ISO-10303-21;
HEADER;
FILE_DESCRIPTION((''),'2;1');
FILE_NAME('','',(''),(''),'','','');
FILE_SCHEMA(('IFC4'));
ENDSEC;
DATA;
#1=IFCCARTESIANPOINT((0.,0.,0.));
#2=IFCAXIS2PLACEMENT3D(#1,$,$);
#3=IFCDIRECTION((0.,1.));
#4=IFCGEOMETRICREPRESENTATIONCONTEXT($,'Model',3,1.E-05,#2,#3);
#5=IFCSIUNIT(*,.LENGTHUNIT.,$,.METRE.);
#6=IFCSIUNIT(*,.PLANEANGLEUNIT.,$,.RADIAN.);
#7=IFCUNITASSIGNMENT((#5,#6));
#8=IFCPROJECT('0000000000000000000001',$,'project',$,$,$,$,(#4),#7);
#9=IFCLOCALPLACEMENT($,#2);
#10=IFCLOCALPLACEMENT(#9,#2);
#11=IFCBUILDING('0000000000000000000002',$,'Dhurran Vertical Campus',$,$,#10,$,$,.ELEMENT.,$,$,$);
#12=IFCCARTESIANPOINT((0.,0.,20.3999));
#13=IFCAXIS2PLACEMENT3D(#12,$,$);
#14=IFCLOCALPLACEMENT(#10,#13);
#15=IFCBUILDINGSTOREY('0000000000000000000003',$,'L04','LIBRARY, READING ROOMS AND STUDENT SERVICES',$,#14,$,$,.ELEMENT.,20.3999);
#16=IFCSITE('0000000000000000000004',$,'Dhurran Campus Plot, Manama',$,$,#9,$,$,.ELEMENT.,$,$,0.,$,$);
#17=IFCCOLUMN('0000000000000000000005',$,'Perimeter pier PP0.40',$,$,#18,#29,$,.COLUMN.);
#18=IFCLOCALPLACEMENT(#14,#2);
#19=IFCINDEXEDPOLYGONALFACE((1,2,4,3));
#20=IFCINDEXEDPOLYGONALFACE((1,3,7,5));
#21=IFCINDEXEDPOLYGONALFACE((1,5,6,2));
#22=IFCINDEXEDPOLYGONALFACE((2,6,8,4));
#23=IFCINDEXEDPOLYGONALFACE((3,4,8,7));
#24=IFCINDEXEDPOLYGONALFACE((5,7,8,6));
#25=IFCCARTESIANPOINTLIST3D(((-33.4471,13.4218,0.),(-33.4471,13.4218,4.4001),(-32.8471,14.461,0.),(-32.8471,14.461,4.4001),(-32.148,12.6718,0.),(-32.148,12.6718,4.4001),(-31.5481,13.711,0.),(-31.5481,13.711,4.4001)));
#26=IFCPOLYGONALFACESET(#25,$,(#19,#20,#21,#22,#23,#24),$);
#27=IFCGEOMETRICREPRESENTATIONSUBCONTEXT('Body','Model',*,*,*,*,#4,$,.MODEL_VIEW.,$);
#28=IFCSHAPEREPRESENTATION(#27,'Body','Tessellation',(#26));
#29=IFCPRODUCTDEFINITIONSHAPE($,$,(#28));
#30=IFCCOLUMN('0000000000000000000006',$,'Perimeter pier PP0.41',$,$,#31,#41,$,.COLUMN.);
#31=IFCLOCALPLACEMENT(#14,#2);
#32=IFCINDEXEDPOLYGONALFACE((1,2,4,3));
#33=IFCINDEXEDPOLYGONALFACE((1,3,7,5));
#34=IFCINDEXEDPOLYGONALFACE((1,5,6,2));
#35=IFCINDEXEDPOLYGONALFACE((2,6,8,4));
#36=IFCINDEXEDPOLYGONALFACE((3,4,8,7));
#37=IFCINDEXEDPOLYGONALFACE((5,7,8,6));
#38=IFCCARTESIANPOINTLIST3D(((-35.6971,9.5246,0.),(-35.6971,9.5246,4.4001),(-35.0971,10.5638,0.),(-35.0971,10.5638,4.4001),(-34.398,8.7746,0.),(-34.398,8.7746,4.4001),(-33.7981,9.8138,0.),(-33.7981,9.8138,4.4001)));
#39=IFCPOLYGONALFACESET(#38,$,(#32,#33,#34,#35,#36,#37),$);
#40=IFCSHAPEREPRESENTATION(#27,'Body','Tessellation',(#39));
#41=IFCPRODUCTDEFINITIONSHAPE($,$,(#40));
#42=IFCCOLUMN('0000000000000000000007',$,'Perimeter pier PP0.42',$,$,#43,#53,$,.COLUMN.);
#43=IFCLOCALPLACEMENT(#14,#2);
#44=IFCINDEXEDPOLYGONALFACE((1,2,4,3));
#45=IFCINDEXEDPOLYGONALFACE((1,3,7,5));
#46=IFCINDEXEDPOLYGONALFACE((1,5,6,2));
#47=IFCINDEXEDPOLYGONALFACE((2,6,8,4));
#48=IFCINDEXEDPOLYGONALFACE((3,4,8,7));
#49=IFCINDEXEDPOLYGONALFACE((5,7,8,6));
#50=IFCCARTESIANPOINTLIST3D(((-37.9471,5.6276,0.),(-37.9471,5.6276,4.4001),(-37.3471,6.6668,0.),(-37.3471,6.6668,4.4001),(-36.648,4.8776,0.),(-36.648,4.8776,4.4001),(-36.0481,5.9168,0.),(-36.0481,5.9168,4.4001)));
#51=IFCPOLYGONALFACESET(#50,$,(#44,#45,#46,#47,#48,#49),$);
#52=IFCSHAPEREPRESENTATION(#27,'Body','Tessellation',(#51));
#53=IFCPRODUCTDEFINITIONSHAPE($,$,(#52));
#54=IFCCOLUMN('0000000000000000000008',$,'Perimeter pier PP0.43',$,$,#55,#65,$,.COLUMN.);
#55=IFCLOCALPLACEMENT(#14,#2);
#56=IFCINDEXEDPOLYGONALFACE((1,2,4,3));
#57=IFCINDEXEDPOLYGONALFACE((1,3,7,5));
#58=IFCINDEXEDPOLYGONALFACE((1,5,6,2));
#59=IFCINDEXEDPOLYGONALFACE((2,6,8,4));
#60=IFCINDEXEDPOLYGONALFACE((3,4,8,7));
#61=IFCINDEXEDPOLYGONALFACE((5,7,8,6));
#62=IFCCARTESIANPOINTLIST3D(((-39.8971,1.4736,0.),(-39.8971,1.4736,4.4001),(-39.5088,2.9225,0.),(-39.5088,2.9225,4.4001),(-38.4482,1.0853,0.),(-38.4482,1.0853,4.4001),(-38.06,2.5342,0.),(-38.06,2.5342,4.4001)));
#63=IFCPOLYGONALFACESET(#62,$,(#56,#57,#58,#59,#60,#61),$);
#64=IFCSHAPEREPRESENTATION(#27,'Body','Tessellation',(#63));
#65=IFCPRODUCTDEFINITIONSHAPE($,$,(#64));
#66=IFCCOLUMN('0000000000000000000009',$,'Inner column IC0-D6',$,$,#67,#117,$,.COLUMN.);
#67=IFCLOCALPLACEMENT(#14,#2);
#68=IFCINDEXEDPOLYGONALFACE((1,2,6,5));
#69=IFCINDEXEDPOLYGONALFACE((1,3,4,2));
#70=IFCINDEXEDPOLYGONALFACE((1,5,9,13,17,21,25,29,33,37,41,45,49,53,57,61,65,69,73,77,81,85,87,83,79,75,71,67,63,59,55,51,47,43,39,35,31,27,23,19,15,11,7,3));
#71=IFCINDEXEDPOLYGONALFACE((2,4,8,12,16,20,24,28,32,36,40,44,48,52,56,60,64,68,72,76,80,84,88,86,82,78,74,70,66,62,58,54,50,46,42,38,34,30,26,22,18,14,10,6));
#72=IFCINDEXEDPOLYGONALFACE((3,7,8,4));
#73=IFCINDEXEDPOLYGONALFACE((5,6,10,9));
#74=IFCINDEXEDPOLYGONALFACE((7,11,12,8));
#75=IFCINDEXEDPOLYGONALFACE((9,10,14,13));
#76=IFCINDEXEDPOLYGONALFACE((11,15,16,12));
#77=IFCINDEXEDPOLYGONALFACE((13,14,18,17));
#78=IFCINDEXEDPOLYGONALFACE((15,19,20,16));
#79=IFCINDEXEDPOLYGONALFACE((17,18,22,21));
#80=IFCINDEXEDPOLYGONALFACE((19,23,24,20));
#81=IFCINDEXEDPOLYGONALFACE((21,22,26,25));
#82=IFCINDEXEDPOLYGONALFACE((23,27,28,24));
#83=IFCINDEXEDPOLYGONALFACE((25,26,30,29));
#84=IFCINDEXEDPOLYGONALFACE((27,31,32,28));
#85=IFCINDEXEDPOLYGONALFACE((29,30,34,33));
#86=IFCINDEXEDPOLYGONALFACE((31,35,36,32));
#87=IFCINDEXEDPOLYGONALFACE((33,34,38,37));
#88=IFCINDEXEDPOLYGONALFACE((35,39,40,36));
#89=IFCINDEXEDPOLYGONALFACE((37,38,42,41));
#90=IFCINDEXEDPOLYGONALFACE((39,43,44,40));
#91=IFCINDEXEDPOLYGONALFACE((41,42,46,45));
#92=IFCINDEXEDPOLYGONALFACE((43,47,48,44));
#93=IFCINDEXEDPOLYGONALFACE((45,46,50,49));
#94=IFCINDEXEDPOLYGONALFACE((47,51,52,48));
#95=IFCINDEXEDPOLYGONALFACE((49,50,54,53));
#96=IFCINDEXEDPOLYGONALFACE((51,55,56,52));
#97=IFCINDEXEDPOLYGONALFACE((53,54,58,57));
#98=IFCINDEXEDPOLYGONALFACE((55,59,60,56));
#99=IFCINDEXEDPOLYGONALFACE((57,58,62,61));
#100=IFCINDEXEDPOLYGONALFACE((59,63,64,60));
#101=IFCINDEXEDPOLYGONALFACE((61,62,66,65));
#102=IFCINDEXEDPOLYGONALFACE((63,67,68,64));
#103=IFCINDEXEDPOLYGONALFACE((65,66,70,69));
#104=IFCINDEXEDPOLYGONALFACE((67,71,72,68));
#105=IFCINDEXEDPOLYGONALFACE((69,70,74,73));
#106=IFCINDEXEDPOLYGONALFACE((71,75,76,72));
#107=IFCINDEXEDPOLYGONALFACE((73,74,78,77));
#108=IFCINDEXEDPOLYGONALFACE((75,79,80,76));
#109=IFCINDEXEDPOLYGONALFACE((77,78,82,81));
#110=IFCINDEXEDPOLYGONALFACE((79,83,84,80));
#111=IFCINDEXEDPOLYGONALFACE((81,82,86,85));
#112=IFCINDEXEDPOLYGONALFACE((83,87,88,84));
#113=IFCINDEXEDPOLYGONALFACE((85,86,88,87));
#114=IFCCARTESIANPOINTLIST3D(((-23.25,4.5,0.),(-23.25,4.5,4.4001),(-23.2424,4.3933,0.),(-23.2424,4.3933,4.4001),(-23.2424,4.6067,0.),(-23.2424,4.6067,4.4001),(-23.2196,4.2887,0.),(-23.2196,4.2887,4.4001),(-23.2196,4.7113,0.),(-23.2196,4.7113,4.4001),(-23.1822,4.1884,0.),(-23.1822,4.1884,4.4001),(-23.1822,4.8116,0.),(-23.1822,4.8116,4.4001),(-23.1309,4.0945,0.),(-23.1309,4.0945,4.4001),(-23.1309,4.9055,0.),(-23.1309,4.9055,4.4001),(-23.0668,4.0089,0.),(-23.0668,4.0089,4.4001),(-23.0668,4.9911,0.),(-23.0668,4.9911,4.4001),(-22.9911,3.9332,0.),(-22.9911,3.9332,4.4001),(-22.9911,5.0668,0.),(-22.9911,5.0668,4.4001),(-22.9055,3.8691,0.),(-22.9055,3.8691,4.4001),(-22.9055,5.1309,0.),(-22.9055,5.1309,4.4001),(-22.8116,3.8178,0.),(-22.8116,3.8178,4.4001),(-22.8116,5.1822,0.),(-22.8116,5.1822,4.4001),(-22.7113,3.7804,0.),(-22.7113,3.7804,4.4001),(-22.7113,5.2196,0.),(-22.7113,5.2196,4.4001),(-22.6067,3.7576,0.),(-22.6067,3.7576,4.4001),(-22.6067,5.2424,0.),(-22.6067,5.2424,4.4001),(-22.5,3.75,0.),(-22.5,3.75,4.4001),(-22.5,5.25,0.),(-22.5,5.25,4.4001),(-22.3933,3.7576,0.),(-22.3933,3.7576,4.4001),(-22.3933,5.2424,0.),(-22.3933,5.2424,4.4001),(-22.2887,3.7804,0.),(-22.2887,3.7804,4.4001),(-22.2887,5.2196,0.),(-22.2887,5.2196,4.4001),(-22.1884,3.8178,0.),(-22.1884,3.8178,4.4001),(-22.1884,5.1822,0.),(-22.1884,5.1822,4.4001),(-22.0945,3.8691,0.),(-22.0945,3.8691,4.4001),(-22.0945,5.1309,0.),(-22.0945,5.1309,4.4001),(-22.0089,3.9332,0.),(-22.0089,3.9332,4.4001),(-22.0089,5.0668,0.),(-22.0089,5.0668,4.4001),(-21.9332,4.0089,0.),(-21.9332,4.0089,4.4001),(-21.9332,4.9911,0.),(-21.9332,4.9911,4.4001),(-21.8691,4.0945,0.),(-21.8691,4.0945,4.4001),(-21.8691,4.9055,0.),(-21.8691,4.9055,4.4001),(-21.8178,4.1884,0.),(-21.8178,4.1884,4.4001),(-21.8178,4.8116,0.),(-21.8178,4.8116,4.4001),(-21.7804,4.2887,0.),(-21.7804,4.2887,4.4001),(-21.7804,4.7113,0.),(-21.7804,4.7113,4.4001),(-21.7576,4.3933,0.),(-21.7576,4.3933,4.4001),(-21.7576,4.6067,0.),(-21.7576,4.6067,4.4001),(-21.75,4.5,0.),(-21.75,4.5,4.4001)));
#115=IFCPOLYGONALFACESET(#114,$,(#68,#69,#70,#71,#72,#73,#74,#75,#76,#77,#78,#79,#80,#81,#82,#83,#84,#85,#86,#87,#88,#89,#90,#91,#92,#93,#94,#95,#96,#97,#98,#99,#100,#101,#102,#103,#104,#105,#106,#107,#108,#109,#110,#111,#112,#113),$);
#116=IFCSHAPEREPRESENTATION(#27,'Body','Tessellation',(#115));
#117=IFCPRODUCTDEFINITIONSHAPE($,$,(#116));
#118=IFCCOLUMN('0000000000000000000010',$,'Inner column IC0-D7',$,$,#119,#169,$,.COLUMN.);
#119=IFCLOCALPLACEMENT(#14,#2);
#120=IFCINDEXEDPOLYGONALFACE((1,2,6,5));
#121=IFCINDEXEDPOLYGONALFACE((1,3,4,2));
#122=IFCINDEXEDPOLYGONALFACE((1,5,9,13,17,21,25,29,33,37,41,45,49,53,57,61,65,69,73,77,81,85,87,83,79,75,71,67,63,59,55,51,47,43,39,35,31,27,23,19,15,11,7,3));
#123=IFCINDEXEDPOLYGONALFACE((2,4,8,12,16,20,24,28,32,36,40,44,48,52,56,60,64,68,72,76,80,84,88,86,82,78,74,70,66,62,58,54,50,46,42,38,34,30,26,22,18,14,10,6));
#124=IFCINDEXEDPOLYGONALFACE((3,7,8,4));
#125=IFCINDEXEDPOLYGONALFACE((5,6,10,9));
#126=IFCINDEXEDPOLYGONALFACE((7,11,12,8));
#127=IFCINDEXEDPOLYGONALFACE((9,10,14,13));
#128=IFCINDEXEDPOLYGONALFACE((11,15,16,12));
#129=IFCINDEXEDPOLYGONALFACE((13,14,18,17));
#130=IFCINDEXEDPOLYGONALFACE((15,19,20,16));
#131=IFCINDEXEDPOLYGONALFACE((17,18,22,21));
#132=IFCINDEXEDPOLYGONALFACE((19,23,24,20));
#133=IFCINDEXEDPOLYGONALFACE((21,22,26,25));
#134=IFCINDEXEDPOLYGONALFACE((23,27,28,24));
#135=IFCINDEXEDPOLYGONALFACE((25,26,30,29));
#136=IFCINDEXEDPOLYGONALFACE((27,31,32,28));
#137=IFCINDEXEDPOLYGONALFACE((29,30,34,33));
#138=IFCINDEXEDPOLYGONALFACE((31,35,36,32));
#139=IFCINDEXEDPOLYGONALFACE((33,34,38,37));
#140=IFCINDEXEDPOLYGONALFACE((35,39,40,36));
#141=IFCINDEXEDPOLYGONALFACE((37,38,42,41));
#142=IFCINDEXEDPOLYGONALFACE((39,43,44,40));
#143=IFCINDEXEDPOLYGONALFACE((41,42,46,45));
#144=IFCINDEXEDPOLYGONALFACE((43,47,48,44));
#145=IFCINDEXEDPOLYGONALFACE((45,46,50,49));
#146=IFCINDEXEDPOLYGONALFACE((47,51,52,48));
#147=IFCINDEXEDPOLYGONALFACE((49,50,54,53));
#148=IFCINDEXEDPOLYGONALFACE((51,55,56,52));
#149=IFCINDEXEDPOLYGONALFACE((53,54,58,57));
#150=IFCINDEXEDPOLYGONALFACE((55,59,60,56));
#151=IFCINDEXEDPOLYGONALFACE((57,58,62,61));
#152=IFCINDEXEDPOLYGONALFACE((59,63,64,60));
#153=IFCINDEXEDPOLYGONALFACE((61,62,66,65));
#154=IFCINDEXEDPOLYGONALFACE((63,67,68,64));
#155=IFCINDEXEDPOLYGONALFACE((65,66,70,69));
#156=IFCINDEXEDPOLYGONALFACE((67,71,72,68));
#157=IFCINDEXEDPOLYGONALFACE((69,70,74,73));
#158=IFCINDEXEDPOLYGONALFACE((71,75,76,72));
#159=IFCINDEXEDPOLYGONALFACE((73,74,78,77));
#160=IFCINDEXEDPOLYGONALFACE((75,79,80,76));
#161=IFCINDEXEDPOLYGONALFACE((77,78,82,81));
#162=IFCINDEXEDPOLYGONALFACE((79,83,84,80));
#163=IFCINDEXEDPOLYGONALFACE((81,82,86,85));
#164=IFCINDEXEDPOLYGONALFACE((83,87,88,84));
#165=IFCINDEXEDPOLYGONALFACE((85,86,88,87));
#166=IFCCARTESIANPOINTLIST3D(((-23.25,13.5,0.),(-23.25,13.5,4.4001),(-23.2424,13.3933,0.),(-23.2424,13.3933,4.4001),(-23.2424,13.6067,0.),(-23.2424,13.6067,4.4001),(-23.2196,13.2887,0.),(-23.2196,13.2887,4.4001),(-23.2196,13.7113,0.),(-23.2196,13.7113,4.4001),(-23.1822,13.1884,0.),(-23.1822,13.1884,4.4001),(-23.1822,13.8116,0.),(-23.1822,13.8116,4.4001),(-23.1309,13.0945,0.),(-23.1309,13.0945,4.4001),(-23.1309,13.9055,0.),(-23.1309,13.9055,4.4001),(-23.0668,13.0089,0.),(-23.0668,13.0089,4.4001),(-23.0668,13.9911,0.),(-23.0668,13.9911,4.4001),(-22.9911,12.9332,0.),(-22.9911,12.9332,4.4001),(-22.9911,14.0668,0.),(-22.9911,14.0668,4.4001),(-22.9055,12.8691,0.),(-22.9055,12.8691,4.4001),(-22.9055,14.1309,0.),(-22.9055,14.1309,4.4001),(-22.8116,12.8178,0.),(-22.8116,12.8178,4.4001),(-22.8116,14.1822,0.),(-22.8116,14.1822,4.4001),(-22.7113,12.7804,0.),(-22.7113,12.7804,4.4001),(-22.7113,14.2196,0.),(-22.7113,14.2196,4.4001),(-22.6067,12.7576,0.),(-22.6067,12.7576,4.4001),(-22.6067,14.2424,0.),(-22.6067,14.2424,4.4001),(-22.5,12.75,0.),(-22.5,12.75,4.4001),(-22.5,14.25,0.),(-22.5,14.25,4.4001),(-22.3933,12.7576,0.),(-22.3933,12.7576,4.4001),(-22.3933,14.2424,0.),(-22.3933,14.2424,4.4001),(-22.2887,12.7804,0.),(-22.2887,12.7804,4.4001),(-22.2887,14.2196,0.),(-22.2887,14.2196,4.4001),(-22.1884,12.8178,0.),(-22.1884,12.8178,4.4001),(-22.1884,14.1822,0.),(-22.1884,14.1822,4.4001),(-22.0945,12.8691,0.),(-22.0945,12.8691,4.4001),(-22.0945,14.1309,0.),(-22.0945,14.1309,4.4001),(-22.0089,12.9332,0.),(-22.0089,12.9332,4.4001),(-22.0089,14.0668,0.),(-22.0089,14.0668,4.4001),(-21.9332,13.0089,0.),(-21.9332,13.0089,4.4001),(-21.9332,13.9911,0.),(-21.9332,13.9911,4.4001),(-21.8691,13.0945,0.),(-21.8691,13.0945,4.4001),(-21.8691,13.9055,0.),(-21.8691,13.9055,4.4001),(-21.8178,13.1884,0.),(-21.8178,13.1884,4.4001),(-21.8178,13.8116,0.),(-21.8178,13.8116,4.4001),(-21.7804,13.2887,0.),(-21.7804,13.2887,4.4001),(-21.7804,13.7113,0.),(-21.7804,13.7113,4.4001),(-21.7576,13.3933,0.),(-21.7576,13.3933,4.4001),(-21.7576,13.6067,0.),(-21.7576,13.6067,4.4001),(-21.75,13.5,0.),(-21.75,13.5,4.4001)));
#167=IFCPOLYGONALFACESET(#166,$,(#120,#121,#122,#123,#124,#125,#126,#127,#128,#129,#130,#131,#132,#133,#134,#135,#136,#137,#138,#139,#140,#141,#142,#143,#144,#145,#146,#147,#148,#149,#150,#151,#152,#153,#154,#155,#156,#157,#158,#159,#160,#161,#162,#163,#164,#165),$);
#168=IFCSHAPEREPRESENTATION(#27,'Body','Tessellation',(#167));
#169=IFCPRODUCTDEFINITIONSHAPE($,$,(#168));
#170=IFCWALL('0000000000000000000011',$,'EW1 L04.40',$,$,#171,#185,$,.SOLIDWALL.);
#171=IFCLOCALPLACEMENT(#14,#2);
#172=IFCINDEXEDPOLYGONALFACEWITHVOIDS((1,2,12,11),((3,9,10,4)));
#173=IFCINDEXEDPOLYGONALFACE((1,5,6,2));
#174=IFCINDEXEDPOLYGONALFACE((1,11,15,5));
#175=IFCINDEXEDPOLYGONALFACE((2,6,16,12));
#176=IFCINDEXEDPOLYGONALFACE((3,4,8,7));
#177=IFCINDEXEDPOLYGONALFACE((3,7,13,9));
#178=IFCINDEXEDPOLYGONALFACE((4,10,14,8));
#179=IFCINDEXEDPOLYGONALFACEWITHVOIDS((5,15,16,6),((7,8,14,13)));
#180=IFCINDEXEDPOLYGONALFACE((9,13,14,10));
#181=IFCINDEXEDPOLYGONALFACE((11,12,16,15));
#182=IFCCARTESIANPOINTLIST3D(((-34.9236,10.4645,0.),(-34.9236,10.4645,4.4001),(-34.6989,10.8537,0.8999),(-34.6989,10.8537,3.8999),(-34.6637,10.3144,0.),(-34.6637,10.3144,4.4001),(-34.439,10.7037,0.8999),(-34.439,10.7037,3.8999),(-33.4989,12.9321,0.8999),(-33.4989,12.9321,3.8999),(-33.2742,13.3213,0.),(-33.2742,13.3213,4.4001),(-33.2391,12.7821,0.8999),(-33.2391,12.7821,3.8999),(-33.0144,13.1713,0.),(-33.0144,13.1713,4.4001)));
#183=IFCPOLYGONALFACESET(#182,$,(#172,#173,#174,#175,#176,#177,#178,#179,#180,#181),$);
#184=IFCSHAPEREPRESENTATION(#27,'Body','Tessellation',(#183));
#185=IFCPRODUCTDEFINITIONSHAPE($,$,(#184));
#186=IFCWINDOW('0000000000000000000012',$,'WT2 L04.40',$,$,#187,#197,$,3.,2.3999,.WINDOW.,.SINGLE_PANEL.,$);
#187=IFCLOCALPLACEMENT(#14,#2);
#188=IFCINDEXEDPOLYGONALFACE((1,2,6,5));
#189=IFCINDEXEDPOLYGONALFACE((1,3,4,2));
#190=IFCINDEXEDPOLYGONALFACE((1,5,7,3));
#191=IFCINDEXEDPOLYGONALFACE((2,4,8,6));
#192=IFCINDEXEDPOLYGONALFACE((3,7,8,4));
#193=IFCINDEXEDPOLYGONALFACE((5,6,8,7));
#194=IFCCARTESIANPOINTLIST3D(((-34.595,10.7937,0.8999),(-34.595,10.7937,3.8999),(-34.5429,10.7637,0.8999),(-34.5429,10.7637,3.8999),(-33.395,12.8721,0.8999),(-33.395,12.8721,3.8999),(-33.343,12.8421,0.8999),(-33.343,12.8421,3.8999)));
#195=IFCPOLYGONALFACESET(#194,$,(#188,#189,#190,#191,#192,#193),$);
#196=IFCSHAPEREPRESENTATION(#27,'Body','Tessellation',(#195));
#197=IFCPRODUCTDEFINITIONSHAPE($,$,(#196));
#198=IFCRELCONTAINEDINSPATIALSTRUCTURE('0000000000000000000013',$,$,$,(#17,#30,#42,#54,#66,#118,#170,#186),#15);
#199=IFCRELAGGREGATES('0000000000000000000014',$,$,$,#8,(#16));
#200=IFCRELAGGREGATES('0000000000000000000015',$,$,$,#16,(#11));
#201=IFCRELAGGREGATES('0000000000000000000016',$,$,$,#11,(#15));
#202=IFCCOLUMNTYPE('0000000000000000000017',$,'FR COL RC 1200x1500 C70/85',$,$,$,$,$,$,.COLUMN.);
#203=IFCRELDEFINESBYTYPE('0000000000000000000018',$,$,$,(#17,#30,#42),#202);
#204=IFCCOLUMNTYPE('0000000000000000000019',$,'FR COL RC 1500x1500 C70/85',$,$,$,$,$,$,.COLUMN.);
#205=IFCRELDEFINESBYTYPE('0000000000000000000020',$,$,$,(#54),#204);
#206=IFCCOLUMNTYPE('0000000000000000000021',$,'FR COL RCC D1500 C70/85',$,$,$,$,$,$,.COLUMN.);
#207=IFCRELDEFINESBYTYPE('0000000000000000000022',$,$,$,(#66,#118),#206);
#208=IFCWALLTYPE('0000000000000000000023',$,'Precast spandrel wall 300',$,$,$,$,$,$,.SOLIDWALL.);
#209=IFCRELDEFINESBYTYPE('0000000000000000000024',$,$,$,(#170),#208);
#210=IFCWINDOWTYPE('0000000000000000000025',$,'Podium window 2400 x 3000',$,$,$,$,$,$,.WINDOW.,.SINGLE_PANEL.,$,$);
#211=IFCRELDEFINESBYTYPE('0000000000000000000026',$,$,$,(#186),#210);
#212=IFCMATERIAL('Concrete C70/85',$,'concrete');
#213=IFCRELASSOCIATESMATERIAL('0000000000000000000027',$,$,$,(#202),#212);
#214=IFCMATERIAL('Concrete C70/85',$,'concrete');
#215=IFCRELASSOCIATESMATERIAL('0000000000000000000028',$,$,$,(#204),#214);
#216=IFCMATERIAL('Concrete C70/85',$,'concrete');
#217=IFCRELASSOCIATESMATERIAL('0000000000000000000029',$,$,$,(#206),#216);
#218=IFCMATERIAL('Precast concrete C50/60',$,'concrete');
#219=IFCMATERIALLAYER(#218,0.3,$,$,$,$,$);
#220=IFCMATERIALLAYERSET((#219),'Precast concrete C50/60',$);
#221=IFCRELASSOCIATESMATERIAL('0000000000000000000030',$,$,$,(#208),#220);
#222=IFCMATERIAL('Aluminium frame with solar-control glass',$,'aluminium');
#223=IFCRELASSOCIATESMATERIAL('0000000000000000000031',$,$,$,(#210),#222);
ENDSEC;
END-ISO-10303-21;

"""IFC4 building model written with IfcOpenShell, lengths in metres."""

from ifc_helpers import new_model, si_unit, direction, frame, frame_2d, origin, origin_2d, place, context, subcontext, project, spatial, rectangle, circle, extrude, material, layer, layer_set, material_profile, profile_set, type_object, element, fill, save


model = new_model("IFC4")

# Units and contexts
model_context = context("Model", 3, precision=1e-05, world=origin(), true_north=direction((0.0, 1.0)))
body_context = subcontext(model_context, "Body", "Model", "MODEL_VIEW")
ifc_project = project(units=[si_unit("LENGTHUNIT", "METRE"), si_unit("PLANEANGLEUNIT", "RADIAN")], contexts=[model_context])

# Site, building, storey
site_placement = place(None, origin())
site = spatial("IfcSite", under=ifc_project, at=site_placement, Name="Dhurran Campus Plot, Manama", CompositionType="ELEMENT", RefElevation=0.0)
building_placement = place(site_placement, origin())
building = spatial("IfcBuilding", under=site, at=building_placement, Name="Dhurran Vertical Campus", CompositionType="ELEMENT")
storey_placement = place(building_placement, frame((0.0, 0.0, 20.3999)))
storey = spatial("IfcBuildingStorey", under=building, at=storey_placement, Name="L04", Description="LIBRARY, READING ROOMS AND STUDENT SERVICES", CompositionType="ELEMENT", Elevation=20.3999)

# Columns
ifc_material_1 = material(Name="Concrete C70/85", Category="concrete")
ifc_material_profile_1 = material_profile(ifc_material_1, rectangle(XDim=1.2, YDim=1.5, at=origin_2d()), Name="RC 1200x1500")
ifc_profile_set_1 = profile_set([ifc_material_profile_1], Name="Concrete C70/85")
column_type_1 = type_object("IfcColumnType", Name="FR COL RC 1200x1500 C70/85", PredefinedType="COLUMN", material=ifc_profile_set_1)
for number, where, z_axis, x_axis, name in (
    (1, (-32.4976, 13.5664, 0.0), (0.0, 0.0, 1.0), (-0.5, -0.866025, 0.0), "Perimeter pier PP0.40"),
    (2, (-34.7476, 9.6692, 0.0), (0.0, 0.0, 1.0), (-0.5, -0.866025, 0.0), "Perimeter pier PP0.41"),
    (3, (-36.9976, 5.7722, 0.0), (0.0, 0.0, 1.0), (-0.5, -0.866025, 0.0), "Perimeter pier PP0.42"),
):
    element("IfcColumn", number, at=place(storey_placement, frame(where, z_axis=z_axis, x_axis=x_axis)), inside=storey, type_object=column_type_1, Name=name, PredefinedType="COLUMN", context=body_context, shape_type="SweptSolid", body=[
        extrude(rectangle(XDim=1.2, YDim=1.5, at=origin_2d()), origin(), (0.0, 0.0, 1.0), 4.4001),
    ])
ifc_material_2 = material(Name="Concrete C70/85", Category="concrete")
ifc_material_profile_2 = material_profile(ifc_material_2, rectangle(XDim=1.5, YDim=1.5, at=origin_2d()), Name="RC 1500x1500")
ifc_profile_set_2 = profile_set([ifc_material_profile_2], Name="Concrete C70/85")
column_type_2 = type_object("IfcColumnType", Name="FR COL RC 1500x1500 C70/85", PredefinedType="COLUMN", material=ifc_profile_set_2)
column_placement = place(storey_placement, frame((-38.9785, 2.0039, 0.0), z_axis=(0.0, 0.0, 1.0), x_axis=(-0.258819, -0.965926, 0.0)))
element("IfcColumn", 4, at=column_placement, inside=storey, type_object=column_type_2, Name="Perimeter pier PP0.43", PredefinedType="COLUMN", context=body_context, shape_type="SweptSolid", body=[
    extrude(rectangle(XDim=1.5, YDim=1.5, at=origin_2d()), origin(), (0.0, 0.0, 1.0), 4.4001),
])
ifc_material_3 = material(Name="Concrete C70/85", Category="concrete")
ifc_material_profile_3 = material_profile(ifc_material_3, circle(Radius=0.75, at=origin_2d()), Name="RCC D1500")
ifc_profile_set_3 = profile_set([ifc_material_profile_3], Name="Concrete C70/85")
column_type_3 = type_object("IfcColumnType", Name="FR COL RCC D1500 C70/85", PredefinedType="COLUMN", material=ifc_profile_set_3)
for number, where, z_axis, x_axis, name in (
    (5, (-22.5, 4.5, 0.0), (0.0, 0.0, 1.0), (1.0, 0.0, 0.0), "Inner column IC0-D6"),
    (6, (-22.5, 13.5, 0.0), (0.0, 0.0, 1.0), (1.0, 0.0, 0.0), "Inner column IC0-D7"),
):
    element("IfcColumn", number, at=place(storey_placement, frame(where, z_axis=z_axis, x_axis=x_axis)), inside=storey, type_object=column_type_3, Name=name, PredefinedType="COLUMN", context=body_context, shape_type="SweptSolid", body=[
        extrude(circle(Radius=0.75, at=origin_2d()), origin(), (0.0, 0.0, 1.0), 4.4001),
    ])

# Wall, opening, window
ifc_material_4 = material(Name="Precast concrete C50/60", Category="concrete")
ifc_layer_1 = layer(ifc_material_4, 0.3)
ifc_layer_set_1 = layer_set([ifc_layer_1], Name="Precast concrete C50/60")
wall_type_1 = type_object("IfcWallType", Name="Precast spandrel wall 300", PredefinedType="SOLIDWALL", material=ifc_layer_set_1)
wall_1_placement = place(storey_placement, frame((-33.1443, 13.2463, 0.0), z_axis=(0.0, 0.0, 1.0), x_axis=(-0.499992, -0.86603, 0.0)))
wall_1 = element("IfcWall", 7, at=wall_1_placement, inside=storey, type_object=wall_type_1, Name="EW1 L04.40", PredefinedType="SOLIDWALL", context=body_context, shape_type="SweptSolid", body=[
    extrude(rectangle(XDim=3.2988, YDim=0.3, at=frame_2d((1.6494, 0.0))), origin(), (0.0, 0.0, 1.0), 4.4001),
])
opening_1_placement = place(wall_1_placement, frame((0.4495, 0.0, 0.8999)))
opening_1 = element("IfcOpeningElement", 8, at=opening_1_placement, cuts=wall_1, PredefinedType="OPENING", context=body_context, shape_type="SweptSolid", body=[
    extrude(rectangle(XDim=2.3999, YDim=3.0, at=frame_2d((1.2, 1.5))), frame((0.0, 0.1599, 0.0), z_axis=(0.0, -1.0, 0.0), x_axis=(1.0, 0.0, 0.0)), (0.0, 0.0, 1.0), 0.3201),
])
ifc_material_5 = material(Name="Aluminium frame with solar-control glass", Category="aluminium")
window_type = type_object("IfcWindowType", Name="Podium window 2400 x 3000", PartitioningType="SINGLE_PANEL", PredefinedType="WINDOW", material=ifc_material_5)
window_1_placement = place(opening_1_placement, origin())
window_1 = element("IfcWindow", 9, at=window_1_placement, inside=storey, type_object=window_type, Name="WT2 L04.40", OverallHeight=3.0, OverallWidth=2.3999, PartitioningType="SINGLE_PANEL", PredefinedType="WINDOW", context=body_context, shape_type="SweptSolid", body=[
    extrude(rectangle(XDim=2.3999, YDim=3.0, at=frame_2d((1.2, 1.5))), frame((0.0, 0.03, 0.0), z_axis=(0.0, -1.0, 0.0), x_axis=(1.0, 0.0, 0.0)), (0.0, 0.0, 1.0), 0.0601),
])
fill(opening_1, window_1)

save(model, "model.ifc")
